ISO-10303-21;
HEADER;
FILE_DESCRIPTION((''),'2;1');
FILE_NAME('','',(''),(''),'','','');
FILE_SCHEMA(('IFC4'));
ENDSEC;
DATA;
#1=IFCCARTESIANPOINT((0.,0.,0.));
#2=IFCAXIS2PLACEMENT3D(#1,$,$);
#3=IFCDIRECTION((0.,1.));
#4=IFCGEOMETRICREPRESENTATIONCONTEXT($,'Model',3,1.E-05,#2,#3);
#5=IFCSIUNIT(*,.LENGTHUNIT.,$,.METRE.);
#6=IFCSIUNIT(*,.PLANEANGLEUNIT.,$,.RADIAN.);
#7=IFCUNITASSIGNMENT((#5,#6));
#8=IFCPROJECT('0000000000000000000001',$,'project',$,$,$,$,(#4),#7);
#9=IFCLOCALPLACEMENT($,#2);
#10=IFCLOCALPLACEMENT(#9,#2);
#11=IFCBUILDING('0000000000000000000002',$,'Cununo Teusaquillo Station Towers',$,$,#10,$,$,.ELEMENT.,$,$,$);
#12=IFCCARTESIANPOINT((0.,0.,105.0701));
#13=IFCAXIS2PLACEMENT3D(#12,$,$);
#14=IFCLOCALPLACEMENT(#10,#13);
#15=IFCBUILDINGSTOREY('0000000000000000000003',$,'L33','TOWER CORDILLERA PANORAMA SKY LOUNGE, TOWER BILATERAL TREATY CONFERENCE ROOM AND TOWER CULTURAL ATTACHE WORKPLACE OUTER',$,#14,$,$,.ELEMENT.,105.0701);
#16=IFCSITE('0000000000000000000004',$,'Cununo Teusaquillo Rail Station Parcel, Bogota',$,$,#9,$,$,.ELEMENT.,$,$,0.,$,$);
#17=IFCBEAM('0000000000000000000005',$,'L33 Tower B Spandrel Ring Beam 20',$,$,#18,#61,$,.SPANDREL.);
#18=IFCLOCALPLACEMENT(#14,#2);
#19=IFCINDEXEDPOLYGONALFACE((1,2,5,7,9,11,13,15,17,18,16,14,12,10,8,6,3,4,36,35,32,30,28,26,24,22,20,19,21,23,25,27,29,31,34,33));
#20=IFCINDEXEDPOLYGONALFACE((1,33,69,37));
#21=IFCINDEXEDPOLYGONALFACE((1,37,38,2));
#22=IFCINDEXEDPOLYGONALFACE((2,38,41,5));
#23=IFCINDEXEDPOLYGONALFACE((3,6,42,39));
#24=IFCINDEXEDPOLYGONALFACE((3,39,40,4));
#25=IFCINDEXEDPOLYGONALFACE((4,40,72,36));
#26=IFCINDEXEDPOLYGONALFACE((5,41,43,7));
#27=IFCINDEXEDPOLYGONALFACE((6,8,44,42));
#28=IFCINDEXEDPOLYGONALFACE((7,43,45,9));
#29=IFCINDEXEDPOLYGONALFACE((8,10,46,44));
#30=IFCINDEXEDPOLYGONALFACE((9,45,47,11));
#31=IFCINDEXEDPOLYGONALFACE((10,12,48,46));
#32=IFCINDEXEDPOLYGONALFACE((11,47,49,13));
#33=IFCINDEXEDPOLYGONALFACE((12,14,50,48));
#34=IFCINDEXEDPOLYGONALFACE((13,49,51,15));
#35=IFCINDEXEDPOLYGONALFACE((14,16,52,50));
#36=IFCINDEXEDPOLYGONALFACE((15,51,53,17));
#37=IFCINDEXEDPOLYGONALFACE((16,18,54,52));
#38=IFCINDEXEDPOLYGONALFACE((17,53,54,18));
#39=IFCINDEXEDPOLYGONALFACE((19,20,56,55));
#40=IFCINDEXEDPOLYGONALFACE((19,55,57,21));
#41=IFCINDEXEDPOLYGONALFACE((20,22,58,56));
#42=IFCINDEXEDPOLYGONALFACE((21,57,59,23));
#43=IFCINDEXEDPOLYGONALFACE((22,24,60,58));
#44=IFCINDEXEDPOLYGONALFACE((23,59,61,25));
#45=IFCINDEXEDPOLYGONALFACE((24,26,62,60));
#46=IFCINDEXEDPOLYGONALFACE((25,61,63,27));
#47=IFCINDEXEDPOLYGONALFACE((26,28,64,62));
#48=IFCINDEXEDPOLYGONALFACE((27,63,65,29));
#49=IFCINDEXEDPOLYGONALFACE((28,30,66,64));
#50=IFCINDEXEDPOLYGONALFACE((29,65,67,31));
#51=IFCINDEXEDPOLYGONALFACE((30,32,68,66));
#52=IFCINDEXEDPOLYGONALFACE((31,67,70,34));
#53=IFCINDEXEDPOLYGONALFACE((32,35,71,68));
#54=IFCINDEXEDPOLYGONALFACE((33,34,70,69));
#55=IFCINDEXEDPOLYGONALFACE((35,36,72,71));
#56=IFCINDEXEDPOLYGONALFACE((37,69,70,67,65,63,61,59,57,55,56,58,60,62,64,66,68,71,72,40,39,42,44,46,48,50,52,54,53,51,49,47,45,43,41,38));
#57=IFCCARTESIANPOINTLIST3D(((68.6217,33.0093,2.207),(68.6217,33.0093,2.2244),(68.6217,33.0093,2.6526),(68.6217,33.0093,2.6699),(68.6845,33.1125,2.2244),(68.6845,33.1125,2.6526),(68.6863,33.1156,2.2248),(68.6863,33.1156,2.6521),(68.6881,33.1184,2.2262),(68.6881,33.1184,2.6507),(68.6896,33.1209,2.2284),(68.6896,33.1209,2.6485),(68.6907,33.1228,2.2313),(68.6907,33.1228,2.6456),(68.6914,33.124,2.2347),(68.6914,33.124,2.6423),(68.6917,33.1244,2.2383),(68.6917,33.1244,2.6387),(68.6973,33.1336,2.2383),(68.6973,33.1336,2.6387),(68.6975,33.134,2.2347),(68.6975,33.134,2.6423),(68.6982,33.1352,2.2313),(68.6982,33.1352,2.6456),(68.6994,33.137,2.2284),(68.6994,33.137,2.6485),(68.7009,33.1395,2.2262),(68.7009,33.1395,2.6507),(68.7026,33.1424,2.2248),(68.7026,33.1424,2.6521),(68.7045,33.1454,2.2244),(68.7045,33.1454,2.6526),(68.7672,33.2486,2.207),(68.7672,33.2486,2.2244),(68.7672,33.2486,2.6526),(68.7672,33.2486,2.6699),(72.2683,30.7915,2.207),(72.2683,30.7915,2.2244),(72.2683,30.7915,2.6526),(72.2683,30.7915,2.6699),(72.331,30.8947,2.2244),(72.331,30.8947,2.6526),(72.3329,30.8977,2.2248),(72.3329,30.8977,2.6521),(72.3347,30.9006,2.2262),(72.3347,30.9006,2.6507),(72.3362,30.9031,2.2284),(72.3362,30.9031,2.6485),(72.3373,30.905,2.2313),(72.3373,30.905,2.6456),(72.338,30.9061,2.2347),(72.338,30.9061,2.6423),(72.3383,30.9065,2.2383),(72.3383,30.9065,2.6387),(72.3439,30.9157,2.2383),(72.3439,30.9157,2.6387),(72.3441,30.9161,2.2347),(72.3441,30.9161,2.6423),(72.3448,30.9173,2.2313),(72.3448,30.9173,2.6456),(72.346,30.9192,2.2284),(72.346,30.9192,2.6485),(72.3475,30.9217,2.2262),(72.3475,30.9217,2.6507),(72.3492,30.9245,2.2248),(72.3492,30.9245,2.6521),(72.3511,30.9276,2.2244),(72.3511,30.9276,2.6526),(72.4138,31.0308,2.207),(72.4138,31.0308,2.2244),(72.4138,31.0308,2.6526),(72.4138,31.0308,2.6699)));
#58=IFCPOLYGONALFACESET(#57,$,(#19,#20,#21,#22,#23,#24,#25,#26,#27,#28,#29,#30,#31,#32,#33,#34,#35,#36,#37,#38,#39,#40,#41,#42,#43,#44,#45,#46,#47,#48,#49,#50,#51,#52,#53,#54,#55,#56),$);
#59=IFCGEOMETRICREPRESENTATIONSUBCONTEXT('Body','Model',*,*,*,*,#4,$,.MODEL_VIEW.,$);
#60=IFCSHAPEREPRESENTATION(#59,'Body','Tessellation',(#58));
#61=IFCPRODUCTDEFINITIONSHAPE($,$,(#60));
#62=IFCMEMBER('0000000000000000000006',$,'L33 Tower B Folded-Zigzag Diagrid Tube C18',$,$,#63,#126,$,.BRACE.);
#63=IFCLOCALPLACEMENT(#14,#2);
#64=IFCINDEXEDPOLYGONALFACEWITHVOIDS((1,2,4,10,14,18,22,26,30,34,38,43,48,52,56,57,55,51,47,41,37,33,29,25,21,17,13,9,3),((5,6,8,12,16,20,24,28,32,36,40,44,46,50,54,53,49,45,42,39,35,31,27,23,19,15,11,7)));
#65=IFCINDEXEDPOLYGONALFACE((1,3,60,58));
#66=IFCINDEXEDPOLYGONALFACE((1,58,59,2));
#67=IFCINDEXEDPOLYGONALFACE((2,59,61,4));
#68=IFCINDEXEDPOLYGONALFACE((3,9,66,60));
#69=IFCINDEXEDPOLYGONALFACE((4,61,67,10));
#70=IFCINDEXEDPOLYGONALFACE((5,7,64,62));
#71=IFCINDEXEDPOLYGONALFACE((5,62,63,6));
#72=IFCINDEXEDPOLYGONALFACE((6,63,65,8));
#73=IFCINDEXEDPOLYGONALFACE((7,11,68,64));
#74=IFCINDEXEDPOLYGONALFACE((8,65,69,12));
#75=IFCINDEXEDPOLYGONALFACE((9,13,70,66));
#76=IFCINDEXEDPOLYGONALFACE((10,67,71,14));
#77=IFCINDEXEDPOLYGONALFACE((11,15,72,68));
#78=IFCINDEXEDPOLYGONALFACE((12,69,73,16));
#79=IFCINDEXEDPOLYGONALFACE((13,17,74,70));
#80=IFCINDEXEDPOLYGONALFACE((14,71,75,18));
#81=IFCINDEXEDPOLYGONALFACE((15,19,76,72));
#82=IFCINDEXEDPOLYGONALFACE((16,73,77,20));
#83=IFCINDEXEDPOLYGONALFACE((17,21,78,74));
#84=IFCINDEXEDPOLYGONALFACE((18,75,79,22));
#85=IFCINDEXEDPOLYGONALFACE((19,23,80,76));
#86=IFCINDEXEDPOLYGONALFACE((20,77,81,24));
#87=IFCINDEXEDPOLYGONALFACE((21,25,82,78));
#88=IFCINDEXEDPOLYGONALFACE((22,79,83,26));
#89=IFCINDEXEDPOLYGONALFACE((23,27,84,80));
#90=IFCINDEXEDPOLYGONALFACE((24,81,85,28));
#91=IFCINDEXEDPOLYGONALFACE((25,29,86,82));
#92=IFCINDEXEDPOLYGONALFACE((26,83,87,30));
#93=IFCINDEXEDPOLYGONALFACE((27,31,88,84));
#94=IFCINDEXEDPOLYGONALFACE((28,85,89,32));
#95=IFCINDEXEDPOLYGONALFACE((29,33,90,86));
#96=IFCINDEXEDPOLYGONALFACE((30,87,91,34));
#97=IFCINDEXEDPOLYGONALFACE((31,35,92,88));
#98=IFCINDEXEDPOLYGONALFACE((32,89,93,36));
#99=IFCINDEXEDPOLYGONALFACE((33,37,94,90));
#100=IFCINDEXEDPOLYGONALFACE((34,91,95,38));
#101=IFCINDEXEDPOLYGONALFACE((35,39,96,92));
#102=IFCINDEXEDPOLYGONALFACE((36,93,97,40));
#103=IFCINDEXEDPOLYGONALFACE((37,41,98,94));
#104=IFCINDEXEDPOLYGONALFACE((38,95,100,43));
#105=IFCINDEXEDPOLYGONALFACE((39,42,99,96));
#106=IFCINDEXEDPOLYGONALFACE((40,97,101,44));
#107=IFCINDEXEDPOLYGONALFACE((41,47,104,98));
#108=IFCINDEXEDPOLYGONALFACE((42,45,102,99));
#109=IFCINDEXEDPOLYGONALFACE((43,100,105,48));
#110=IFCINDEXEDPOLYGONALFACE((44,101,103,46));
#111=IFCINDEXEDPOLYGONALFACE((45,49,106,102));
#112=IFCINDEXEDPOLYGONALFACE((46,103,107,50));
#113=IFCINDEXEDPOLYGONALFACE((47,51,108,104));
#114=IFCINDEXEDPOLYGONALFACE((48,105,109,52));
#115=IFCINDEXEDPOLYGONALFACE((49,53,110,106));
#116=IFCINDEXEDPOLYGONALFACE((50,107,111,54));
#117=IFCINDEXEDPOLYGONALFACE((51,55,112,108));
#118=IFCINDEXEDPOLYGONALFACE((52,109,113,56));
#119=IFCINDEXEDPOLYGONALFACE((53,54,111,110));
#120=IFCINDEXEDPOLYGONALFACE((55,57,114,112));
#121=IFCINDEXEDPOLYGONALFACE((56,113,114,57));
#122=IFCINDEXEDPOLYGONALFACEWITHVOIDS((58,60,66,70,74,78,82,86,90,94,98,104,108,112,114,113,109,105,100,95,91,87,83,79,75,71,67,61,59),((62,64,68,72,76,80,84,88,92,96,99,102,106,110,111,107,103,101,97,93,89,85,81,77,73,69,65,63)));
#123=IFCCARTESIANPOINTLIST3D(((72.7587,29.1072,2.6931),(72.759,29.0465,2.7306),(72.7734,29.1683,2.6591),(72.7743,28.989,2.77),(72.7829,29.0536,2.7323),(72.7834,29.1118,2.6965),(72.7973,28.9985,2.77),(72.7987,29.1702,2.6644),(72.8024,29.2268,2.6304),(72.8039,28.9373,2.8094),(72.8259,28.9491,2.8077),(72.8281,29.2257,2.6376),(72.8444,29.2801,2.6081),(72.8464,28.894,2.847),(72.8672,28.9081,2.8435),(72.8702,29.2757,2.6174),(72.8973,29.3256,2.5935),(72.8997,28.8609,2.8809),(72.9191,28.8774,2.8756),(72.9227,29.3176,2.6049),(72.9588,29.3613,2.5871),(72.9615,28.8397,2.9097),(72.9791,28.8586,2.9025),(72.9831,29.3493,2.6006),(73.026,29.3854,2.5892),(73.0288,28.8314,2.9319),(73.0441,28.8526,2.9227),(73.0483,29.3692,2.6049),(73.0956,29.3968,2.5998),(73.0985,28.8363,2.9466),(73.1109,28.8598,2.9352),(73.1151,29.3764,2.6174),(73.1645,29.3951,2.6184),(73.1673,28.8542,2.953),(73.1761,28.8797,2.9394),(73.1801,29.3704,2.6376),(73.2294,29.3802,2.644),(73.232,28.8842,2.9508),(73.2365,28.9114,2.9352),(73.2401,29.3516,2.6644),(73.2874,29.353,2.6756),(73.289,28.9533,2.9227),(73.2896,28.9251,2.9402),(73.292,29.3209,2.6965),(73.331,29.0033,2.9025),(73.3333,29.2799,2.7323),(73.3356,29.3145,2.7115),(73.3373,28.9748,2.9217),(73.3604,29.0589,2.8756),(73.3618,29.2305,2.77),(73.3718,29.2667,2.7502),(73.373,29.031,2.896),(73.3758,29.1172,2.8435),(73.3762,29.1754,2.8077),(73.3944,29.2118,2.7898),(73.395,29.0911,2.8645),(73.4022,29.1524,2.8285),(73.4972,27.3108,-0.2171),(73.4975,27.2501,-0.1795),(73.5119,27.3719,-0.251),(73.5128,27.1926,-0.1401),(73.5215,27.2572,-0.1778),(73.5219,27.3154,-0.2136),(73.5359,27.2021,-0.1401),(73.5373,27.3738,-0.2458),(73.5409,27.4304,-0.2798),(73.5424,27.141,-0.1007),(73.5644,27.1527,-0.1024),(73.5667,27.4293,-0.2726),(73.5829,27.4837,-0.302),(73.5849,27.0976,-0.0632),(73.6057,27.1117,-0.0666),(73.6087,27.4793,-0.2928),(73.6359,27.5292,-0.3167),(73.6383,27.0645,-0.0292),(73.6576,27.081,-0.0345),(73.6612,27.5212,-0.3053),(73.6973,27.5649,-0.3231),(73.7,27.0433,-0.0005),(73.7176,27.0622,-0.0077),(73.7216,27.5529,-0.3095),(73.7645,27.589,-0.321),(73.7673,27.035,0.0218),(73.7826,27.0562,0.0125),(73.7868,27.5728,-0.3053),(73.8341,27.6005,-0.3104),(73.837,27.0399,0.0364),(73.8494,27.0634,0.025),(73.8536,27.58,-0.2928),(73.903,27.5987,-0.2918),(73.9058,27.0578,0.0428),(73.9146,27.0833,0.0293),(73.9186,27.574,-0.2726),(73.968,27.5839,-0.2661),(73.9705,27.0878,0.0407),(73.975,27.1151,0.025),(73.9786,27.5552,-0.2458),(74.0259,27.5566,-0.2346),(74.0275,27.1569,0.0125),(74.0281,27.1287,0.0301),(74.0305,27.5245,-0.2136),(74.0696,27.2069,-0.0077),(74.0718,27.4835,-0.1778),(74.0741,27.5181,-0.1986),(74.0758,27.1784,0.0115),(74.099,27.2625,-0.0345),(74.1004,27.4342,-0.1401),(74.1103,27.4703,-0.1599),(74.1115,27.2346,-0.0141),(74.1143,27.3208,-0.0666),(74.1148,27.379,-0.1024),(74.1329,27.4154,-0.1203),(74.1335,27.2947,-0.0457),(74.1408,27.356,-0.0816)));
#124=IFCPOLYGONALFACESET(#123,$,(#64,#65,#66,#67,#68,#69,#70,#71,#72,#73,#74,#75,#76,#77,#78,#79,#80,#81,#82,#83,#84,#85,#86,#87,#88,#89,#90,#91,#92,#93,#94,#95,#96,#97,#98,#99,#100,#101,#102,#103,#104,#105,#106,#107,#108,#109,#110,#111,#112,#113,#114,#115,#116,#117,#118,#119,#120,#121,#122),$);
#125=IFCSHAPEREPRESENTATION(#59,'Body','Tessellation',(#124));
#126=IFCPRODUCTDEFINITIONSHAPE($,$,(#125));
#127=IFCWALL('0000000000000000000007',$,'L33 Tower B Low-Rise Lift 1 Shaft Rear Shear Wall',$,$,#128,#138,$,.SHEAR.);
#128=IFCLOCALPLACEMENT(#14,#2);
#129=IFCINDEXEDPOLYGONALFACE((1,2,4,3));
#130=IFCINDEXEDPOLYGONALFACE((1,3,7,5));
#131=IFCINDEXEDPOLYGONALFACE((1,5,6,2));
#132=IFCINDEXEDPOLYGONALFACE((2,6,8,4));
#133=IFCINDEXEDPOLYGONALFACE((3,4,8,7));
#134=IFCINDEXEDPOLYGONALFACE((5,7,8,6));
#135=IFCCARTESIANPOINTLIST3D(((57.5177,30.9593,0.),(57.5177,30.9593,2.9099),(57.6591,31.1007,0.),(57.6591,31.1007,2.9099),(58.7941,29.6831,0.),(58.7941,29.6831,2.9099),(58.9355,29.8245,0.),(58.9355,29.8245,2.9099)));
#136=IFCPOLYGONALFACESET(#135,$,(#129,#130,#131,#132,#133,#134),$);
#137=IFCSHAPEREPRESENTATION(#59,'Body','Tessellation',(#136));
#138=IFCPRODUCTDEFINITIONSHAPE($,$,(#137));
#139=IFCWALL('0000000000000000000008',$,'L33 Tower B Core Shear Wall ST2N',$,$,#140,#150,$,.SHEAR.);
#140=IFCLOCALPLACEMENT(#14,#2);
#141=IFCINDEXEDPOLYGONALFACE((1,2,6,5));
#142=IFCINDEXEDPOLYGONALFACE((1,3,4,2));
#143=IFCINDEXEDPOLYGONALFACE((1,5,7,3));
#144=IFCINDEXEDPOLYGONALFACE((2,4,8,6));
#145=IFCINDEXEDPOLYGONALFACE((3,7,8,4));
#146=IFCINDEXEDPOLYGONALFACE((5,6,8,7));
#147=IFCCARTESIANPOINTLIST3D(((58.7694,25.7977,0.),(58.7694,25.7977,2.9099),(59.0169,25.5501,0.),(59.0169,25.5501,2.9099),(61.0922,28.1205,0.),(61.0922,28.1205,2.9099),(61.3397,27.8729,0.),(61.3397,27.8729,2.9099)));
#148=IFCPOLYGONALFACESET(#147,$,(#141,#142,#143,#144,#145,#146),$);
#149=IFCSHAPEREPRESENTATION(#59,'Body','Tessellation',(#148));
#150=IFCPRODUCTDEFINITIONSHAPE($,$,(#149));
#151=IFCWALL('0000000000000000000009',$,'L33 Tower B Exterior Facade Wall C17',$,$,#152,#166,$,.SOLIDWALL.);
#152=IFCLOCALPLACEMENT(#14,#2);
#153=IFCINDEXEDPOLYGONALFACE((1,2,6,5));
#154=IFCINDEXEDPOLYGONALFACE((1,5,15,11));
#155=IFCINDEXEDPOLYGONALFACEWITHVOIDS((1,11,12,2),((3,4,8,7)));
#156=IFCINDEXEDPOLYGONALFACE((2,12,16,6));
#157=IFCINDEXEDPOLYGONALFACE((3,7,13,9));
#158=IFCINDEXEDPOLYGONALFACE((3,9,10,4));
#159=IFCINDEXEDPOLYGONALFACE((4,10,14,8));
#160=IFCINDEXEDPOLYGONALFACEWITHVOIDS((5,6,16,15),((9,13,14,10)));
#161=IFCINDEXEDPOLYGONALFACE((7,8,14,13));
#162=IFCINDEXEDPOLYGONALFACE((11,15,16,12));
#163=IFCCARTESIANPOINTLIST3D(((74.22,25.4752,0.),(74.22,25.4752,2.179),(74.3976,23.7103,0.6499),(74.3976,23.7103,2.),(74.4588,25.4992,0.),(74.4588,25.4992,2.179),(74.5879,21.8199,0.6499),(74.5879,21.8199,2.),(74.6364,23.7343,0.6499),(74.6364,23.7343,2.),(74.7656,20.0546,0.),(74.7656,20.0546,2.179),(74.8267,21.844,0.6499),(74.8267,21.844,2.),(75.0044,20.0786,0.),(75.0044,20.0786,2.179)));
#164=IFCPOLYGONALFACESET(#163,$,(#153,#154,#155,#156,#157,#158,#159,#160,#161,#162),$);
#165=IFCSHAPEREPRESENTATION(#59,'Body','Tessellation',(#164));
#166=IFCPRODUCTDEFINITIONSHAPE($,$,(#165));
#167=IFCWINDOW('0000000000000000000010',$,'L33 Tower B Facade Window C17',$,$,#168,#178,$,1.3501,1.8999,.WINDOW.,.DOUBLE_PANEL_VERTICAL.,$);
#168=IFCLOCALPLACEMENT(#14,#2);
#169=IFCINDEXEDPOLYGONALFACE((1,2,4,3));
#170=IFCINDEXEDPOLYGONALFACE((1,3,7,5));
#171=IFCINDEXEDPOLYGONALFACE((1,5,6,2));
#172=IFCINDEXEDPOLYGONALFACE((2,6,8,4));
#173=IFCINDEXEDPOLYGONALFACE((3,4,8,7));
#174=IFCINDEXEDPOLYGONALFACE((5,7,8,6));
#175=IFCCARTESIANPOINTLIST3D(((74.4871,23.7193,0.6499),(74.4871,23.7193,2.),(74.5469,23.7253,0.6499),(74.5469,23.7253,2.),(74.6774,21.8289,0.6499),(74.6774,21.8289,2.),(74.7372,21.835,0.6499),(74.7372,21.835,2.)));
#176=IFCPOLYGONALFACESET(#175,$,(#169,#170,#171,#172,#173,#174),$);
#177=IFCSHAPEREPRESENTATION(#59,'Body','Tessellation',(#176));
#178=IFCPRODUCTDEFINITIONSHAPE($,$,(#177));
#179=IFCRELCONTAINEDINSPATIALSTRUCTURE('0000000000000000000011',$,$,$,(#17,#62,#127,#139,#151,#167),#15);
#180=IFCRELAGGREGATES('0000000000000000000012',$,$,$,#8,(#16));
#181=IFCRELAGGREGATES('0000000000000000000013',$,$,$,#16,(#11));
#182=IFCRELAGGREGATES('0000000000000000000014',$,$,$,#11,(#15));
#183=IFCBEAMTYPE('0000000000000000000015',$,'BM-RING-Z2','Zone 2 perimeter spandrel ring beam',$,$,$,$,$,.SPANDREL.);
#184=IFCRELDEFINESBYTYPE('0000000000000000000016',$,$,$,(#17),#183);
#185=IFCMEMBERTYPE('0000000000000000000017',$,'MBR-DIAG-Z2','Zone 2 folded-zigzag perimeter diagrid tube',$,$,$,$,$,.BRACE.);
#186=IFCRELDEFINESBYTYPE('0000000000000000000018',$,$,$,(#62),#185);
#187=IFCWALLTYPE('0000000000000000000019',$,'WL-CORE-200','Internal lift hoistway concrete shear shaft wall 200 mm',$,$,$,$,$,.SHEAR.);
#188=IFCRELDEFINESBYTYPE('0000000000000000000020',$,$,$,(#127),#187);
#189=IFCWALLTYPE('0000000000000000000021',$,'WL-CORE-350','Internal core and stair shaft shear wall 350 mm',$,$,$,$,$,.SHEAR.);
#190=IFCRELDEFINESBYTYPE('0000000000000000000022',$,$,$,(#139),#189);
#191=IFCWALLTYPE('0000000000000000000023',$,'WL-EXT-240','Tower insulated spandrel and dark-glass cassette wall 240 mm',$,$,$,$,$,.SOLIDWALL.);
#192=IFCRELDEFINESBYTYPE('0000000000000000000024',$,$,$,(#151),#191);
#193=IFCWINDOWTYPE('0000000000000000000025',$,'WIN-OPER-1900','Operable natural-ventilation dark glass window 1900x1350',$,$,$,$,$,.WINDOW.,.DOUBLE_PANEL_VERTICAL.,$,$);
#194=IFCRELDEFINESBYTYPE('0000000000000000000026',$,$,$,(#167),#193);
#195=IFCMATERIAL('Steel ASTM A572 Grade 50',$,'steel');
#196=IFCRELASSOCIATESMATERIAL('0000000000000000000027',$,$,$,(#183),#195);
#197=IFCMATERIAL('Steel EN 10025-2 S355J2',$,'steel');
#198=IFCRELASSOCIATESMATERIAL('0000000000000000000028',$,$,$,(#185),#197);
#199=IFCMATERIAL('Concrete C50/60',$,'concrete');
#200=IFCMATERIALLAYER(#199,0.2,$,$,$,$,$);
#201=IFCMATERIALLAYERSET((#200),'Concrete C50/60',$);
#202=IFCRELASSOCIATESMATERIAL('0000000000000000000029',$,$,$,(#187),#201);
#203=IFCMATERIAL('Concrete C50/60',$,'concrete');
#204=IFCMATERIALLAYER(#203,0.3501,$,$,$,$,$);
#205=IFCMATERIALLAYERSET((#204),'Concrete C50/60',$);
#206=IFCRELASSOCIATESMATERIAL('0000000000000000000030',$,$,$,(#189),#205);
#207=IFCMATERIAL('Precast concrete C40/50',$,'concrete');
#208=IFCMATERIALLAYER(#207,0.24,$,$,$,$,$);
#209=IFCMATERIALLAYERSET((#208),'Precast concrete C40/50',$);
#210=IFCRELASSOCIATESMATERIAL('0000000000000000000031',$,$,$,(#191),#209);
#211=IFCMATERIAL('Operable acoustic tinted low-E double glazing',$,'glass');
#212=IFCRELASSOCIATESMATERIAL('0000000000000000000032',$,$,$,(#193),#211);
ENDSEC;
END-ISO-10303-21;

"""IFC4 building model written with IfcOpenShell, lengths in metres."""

from ifc_helpers import new_model, si_unit, direction, frame, frame_2d, origin, origin_2d, place, context, subcontext, project, spatial, rectangle, hollow_circle, i_section, extrude, source, transform, mapped, material, layer, layer_set, material_profile, profile_set, type_object, element, fill, save


model = new_model("IFC4")

# Units and contexts
model_context = context("Model", 3, precision=1e-05, world=origin(), true_north=direction((0.0, 1.0)))
body_context = subcontext(model_context, "Body", "Model", "MODEL_VIEW")
ifc_project = project(units=[si_unit("LENGTHUNIT", "METRE"), si_unit("PLANEANGLEUNIT", "RADIAN")], contexts=[model_context])

# Site, building, storey
site_placement = place(None, origin())
site = spatial("IfcSite", under=ifc_project, at=site_placement, Name="Cununo Teusaquillo Rail Station Parcel, Bogota", CompositionType="ELEMENT", RefElevation=0.0)
building_placement = place(site_placement, origin())
building = spatial("IfcBuilding", under=site, at=building_placement, Name="Cununo Teusaquillo Station Towers", CompositionType="ELEMENT")
storey_placement = place(building_placement, frame((0.0, 0.0, 105.0701)))
storey = spatial("IfcBuildingStorey", under=building, at=storey_placement, Name="L33", Description="TOWER CORDILLERA PANORAMA SKY LOUNGE, TOWER BILATERAL TREATY CONFERENCE ROOM AND TOWER CULTURAL ATTACHE WORKPLACE OUTER", CompositionType="ELEMENT", Elevation=105.0701)

# Beam
ifc_material_1 = material(Name="Steel ASTM A572 Grade 50", Category="steel")
ifc_material_profile_1 = material_profile(ifc_material_1, i_section(OverallWidth=0.28, OverallDepth=0.4629, WebThickness=0.0107, FlangeThickness=0.0173, FilletRadius=0.0139, at=origin_2d()), Name="W18X76")
ifc_profile_set_1 = profile_set([ifc_material_profile_1], Name="Steel ASTM A572 Grade 50")
beam_type_1 = type_object("IfcBeamType", Name="BM-RING-Z2", Description="Zone 2 perimeter spandrel ring beam", PredefinedType="SPANDREL", material=ifc_profile_set_1)
beam_1_placement = place(storey_placement, frame((72.3411, 30.9111, 2.4385), z_axis=(-0.854388, 0.519635, 0.0), x_axis=(-0.519635, -0.854388, 0.0)))
element("IfcBeam", 1, at=beam_1_placement, inside=storey, type_object=beam_type_1, Name="L33 Tower B Spandrel Ring Beam 20", PredefinedType="SPANDREL", context=body_context, shape_type="SweptSolid", body=[
    extrude(i_section(OverallWidth=0.28, OverallDepth=0.4629, WebThickness=0.0107, FlangeThickness=0.0173, FilletRadius=0.0139, at=origin_2d()), origin(), (0.0, 0.0, 1.0), 4.2681),
])

# Member
ifc_material_2 = material(Name="Steel EN 10025-2 S355J2", Category="steel")
ifc_material_profile_2 = material_profile(ifc_material_2, hollow_circle(Radius=0.3301, WallThickness=0.0249, at=origin_2d()), Name="CHS 660x25")
ifc_profile_set_2 = profile_set([ifc_material_profile_2], Name="Steel EN 10025-2 S355J2")
member_type = type_object("IfcMemberType", Name="MBR-DIAG-Z2", Description="Zone 2 folded-zigzag perimeter diagrid tube", PredefinedType="BRACE", material=ifc_profile_set_2)
member_placement = place(storey_placement, frame((73.8181, 27.3181, -0.1401), z_axis=(-0.211081, 0.513433, 0.831764), x_axis=(-0.924889, -0.380238, 0.0)))
element("IfcMember", 2, at=member_placement, inside=storey, type_object=member_type, Name="L33 Tower B Folded-Zigzag Diagrid Tube C18", PredefinedType="BRACE", context=body_context, shape_type="SweptSolid", body=[
    extrude(hollow_circle(Radius=0.3301, WallThickness=0.0249, at=origin_2d()), origin(), (0.0, 0.0, 1.0), 3.4988),
])

# Walls
ifc_material_3 = material(Name="Concrete C50/60", Category="concrete")
ifc_layer_1 = layer(ifc_material_3, 0.2)
ifc_layer_set_1 = layer_set([ifc_layer_1], Name="Concrete C50/60")
wall_type_1 = type_object("IfcWallType", Name="WL-CORE-200", Description="Internal lift hoistway concrete shear shaft wall 200 mm", PredefinedType="SHEAR", material=ifc_layer_set_1)
wall_1_placement = place(storey_placement, frame((58.8647, 29.7539, 0.0), z_axis=(0.0, 0.0, 1.0), x_axis=(-0.707174, 0.707039, 0.0)))
element("IfcWall", 3, at=wall_1_placement, inside=storey, type_object=wall_type_1, Name="L33 Tower B Low-Rise Lift 1 Shaft Rear Shear Wall", PredefinedType="SHEAR", context=body_context, shape_type="SweptSolid", body=[
    extrude(rectangle(XDim=1.8049, YDim=0.2, at=frame_2d((0.9023, 0.0))), origin(), (0.0, 0.0, 1.0), 2.9099),
])
ifc_material_4 = material(Name="Concrete C50/60", Category="concrete")
ifc_layer_2 = layer(ifc_material_4, 0.3501)
ifc_layer_set_2 = layer_set([ifc_layer_2], Name="Concrete C50/60")
wall_type_2 = type_object("IfcWallType", Name="WL-CORE-350", Description="Internal core and stair shaft shear wall 350 mm", PredefinedType="SHEAR", material=ifc_layer_set_2)
wall_2_placement = place(storey_placement, frame((58.8931, 25.6738, 0.0), z_axis=(0.0, 0.0, 1.0), x_axis=(0.707107, 0.707107, 0.0)))
element("IfcWall", 4, at=wall_2_placement, inside=storey, type_object=wall_type_2, Name="L33 Tower B Core Shear Wall ST2N", PredefinedType="SHEAR", context=body_context, shape_type="SweptSolid", body=[
    extrude(rectangle(XDim=3.2849, YDim=0.3501, at=frame_2d((1.6426, 0.0))), origin(), (0.0, 0.0, 1.0), 2.9099),
])

# Wall, opening, window
ifc_material_5 = material(Name="Precast concrete C40/50", Category="concrete")
ifc_layer_3 = layer(ifc_material_5, 0.24)
ifc_layer_set_3 = layer_set([ifc_layer_3], Name="Precast concrete C40/50")
wall_type_3 = type_object("IfcWallType", Name="WL-EXT-240", Description="Tower insulated spandrel and dark-glass cassette wall 240 mm", PredefinedType="SOLIDWALL", material=ifc_layer_set_3)
wall_3_placement = place(storey_placement, frame((74.3394, 25.4873, 0.0), z_axis=(0.0, 0.0, 1.0), x_axis=(0.100156, -0.994972, 0.0)))
wall_3 = element("IfcWall", 5, at=wall_3_placement, inside=storey, type_object=wall_type_3, Name="L33 Tower B Exterior Facade Wall C17", PredefinedType="SOLIDWALL", context=body_context, shape_type="SweptSolid", body=[
    extrude(rectangle(XDim=5.448, YDim=0.24, at=frame_2d((2.7241, 0.0))), origin(), (0.0, 0.0, 1.0), 2.179),
])
shared_shape_1 = source(origin(), body_context, "Body", "SweptSolid", [
    extrude(rectangle(XDim=1.8999, YDim=1.3501, at=frame_2d((0.95, 0.675))), frame((0.0, 0.1299, 0.0), z_axis=(0.0, -1.0, 0.0), x_axis=(1.0, 0.0, 0.0)), (0.0, 0.0, 1.0), 0.26),
])
opening_1_placement = place(wall_3_placement, frame((1.7739, 0.0, 0.6499)))
opening_1 = element("IfcOpeningElement", 6, at=opening_1_placement, cuts=wall_3, PredefinedType="OPENING", context=body_context, shape_type="MappedRepresentation", body=[
    mapped(shared_shape_1, transform((0.0, 0.0, 0.0), x_axis=(1.0, 0.0, 0.0), y_axis=(0.0, 1.0, 0.0), z_axis=(0.0, 0.0, 1.0), scale=1.0)),
])
ifc_material_6 = material(Name="Operable acoustic tinted low-E double glazing", Category="glass")
window_type = type_object("IfcWindowType", Name="WIN-OPER-1900", Description="Operable natural-ventilation dark glass window 1900x1350", PartitioningType="DOUBLE_PANEL_VERTICAL", PredefinedType="WINDOW", material=ifc_material_6)
shared_shape_2 = source(origin(), body_context, "Body", "SweptSolid", [
    extrude(rectangle(XDim=1.8999, YDim=1.3501, at=frame_2d((0.95, 0.675))), frame((0.0, 0.03, 0.0), z_axis=(0.0, -1.0, 0.0), x_axis=(1.0, 0.0, 0.0)), (0.0, 0.0, 1.0), 0.0601),
])
window_1_placement = place(opening_1_placement, origin())
window_1 = element("IfcWindow", 7, at=window_1_placement, inside=storey, type_object=window_type, Name="L33 Tower B Facade Window C17", OverallHeight=1.3501, OverallWidth=1.8999, PartitioningType="DOUBLE_PANEL_VERTICAL", PredefinedType="WINDOW", context=body_context, shape_type="MappedRepresentation", body=[
    mapped(shared_shape_2, transform((0.0, 0.0, 0.0), x_axis=(1.0, 0.0, 0.0), y_axis=(0.0, 1.0, 0.0), z_axis=(0.0, 0.0, 1.0), scale=1.0)),
])
fill(opening_1, window_1)

save(model, "model.ifc")
